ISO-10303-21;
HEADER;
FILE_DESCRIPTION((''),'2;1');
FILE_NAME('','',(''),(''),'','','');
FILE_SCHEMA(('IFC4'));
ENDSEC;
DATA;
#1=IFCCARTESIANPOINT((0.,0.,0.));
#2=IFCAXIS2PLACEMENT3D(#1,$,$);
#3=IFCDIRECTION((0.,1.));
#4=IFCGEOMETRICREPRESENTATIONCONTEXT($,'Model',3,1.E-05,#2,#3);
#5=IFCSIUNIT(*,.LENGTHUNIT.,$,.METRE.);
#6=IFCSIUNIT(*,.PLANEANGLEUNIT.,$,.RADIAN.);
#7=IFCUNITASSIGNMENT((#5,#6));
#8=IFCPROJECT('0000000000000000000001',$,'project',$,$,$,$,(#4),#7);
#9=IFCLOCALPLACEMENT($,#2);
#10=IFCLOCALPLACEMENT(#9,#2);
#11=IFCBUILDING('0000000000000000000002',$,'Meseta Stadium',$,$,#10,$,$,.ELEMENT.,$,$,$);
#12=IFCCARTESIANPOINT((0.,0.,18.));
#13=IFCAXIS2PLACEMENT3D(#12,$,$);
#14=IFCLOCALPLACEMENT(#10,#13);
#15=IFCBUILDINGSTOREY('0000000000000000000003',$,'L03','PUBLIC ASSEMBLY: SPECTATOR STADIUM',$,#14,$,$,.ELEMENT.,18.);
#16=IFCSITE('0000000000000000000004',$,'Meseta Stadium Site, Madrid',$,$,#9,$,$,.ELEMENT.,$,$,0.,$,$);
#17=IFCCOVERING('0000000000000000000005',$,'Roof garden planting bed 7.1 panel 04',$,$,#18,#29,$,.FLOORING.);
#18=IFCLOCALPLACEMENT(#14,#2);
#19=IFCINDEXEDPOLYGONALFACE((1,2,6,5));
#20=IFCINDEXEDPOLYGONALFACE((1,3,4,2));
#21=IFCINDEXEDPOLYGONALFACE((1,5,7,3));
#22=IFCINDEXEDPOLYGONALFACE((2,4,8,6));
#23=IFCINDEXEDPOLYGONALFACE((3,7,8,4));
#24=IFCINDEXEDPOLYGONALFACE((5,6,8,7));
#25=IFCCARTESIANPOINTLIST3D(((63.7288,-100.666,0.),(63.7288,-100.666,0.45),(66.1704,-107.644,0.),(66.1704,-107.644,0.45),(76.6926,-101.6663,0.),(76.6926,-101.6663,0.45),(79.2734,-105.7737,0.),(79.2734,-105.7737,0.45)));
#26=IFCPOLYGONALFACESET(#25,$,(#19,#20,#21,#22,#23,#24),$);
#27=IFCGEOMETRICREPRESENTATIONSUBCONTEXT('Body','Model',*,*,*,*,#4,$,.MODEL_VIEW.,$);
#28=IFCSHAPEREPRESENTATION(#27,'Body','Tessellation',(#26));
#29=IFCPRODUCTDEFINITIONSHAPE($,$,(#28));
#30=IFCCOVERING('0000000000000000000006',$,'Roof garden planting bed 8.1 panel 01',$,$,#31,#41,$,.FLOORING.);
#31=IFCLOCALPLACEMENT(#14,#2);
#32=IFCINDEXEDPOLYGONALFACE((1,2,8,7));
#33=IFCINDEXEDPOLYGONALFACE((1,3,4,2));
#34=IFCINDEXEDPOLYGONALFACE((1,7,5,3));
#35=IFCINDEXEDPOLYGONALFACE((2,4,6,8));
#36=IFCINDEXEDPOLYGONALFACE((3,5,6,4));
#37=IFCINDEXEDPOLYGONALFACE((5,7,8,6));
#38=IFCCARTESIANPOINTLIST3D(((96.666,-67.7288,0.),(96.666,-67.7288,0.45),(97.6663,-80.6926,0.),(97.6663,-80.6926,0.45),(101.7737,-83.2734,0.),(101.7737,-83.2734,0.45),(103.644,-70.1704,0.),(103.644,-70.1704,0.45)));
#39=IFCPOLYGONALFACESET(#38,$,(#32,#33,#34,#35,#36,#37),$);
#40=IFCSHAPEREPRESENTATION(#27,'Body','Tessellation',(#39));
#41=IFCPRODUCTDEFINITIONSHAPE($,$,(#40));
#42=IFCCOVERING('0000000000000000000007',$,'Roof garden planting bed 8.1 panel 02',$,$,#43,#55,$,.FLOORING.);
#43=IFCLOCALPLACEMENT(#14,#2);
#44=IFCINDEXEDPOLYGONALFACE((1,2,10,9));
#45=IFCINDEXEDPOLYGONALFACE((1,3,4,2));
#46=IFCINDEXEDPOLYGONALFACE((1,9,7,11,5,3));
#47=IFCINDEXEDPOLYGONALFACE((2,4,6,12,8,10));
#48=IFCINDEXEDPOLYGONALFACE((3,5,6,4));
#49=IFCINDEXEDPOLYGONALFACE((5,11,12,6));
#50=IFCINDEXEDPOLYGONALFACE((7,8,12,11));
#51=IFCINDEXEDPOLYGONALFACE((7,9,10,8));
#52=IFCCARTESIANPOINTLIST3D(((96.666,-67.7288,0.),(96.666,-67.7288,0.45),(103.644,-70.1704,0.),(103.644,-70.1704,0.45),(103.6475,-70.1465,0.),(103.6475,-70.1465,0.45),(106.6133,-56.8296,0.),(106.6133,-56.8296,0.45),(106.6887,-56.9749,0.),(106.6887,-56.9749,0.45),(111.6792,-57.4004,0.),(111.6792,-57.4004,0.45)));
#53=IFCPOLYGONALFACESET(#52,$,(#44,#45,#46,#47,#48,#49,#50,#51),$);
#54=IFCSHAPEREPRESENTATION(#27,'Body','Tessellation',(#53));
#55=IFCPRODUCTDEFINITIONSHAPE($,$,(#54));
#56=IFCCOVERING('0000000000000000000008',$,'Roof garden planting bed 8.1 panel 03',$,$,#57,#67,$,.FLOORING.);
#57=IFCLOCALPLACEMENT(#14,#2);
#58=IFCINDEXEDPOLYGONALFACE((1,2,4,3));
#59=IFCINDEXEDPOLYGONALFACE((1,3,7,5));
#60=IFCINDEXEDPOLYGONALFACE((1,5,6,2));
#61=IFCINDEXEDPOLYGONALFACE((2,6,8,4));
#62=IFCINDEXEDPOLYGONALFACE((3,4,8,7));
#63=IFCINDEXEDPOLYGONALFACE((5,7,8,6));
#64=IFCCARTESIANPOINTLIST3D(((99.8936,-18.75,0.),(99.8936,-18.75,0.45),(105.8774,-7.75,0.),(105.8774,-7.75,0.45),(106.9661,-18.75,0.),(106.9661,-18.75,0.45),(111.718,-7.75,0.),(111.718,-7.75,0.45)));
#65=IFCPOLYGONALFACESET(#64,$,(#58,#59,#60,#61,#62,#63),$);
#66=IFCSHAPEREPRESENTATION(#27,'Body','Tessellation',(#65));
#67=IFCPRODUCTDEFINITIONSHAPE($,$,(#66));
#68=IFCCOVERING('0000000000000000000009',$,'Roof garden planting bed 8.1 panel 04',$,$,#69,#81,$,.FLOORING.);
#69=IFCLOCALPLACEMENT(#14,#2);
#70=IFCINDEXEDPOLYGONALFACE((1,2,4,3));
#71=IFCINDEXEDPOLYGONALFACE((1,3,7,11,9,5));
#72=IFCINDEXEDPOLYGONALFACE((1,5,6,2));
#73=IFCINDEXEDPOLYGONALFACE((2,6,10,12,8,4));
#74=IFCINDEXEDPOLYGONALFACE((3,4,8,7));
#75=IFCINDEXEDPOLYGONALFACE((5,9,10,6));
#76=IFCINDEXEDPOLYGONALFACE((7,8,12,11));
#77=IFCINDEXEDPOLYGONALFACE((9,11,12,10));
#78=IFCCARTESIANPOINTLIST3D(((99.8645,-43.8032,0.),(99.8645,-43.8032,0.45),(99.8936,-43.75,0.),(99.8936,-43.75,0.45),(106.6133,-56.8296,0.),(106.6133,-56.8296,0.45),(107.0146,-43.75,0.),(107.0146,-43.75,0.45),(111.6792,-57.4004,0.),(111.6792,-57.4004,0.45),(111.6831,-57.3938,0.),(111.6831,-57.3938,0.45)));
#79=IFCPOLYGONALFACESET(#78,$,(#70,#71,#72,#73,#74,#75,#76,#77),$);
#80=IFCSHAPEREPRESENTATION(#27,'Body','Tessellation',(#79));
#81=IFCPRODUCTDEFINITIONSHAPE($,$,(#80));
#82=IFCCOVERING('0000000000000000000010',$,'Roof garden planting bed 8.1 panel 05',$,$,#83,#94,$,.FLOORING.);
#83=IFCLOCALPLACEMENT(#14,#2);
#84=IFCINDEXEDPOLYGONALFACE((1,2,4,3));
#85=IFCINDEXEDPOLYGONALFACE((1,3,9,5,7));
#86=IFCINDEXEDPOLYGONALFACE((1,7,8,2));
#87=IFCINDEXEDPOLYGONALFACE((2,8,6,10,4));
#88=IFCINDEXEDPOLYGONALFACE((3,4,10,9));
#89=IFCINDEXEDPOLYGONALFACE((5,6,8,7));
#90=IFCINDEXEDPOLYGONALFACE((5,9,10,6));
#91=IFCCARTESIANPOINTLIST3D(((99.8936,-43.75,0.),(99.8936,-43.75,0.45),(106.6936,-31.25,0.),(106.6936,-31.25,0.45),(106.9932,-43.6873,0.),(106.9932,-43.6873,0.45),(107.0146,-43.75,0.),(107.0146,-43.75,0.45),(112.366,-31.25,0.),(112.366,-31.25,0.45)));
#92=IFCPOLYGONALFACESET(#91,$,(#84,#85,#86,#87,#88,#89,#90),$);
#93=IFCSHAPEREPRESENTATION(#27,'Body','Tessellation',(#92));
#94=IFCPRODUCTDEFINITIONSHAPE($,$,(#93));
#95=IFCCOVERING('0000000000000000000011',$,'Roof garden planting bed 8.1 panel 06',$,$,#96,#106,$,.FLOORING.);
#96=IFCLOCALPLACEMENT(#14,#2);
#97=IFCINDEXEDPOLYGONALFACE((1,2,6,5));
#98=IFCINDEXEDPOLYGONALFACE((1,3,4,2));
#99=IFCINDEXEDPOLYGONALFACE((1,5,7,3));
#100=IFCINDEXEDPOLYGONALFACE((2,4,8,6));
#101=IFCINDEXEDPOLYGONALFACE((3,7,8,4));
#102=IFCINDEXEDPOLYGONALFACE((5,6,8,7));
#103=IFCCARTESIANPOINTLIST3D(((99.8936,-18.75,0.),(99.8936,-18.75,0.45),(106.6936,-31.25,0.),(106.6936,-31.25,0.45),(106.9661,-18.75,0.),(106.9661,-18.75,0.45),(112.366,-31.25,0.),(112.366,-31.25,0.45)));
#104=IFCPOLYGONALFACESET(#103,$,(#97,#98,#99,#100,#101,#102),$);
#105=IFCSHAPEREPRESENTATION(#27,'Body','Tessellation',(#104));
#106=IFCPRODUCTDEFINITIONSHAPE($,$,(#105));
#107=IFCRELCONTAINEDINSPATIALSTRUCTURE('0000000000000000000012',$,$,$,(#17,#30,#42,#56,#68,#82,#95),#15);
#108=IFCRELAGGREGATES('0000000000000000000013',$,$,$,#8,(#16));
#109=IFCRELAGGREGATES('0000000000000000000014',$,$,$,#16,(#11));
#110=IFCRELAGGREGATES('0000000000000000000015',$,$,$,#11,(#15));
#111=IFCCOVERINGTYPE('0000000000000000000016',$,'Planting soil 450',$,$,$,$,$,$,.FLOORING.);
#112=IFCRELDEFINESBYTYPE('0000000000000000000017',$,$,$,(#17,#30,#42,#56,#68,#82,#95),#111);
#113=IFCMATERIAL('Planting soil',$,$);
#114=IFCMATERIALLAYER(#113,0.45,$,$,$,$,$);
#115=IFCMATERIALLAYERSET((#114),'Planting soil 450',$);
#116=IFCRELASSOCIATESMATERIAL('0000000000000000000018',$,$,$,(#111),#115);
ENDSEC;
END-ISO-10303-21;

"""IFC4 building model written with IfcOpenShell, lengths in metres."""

from ifc_helpers import new_model, si_unit, direction, frame, origin, place, context, subcontext, project, spatial, polyline, outline, extrude, material, layer, layer_set, type_object, element, save


model = new_model("IFC4")

# Units and contexts
model_context = context("Model", 3, precision=1e-05, world=origin(), true_north=direction((0.0, 1.0)))
body_context = subcontext(model_context, "Body", "Model", "MODEL_VIEW")
ifc_project = project(units=[si_unit("LENGTHUNIT", "METRE"), si_unit("PLANEANGLEUNIT", "RADIAN")], contexts=[model_context])

# Site, building, storey
site_placement = place(None, origin())
site = spatial("IfcSite", under=ifc_project, at=site_placement, Name="Meseta Stadium Site, Madrid", CompositionType="ELEMENT", RefElevation=0.0)
building_placement = place(site_placement, origin())
building = spatial("IfcBuilding", under=site, at=building_placement, Name="Meseta Stadium", CompositionType="ELEMENT")
storey_placement = place(building_placement, frame((0.0, 0.0, 18.0)))
storey = spatial("IfcBuildingStorey", under=building, at=storey_placement, Name="L03", Description="PUBLIC ASSEMBLY: SPECTATOR STADIUM", CompositionType="ELEMENT", Elevation=18.0)

# Coverings
ifc_material_1 = material(Name="Planting soil")
ifc_layer_1 = layer(ifc_material_1, 0.45)
ifc_layer_set_1 = layer_set([ifc_layer_1], Name="Planting soil 450")
covering_type = type_object("IfcCoveringType", Name="Planting soil 450", PredefinedType="FLOORING", material=ifc_layer_set_1)
covering_1_placement = place(storey_placement, origin())
element("IfcCovering", 1, at=covering_1_placement, inside=storey, type_object=covering_type, Name="Roof garden planting bed 7.1 panel 04", PredefinedType="FLOORING", context=body_context, shape_type="SweptSolid", body=[
    extrude(outline(polyline([(76.6926, -101.6663), (63.7288, -100.666), (66.1704, -107.644), (79.2734, -105.7737), (76.6926, -101.6663)])), origin(), (0.0, 0.0, 1.0), 0.45),
])
covering_2_placement = place(storey_placement, origin())
element("IfcCovering", 2, at=covering_2_placement, inside=storey, type_object=covering_type, Name="Roof garden planting bed 8.1 panel 01", PredefinedType="FLOORING", context=body_context, shape_type="SweptSolid", body=[
    extrude(outline(polyline([(103.644, -70.1704), (96.666, -67.7288), (97.6663, -80.6926), (101.7737, -83.2734), (103.644, -70.1704)])), origin(), (0.0, 0.0, 1.0), 0.45),
])
covering_3_placement = place(storey_placement, origin())
element("IfcCovering", 3, at=covering_3_placement, inside=storey, type_object=covering_type, Name="Roof garden planting bed 8.1 panel 02", PredefinedType="FLOORING", context=body_context, shape_type="SweptSolid", body=[
    extrude(outline(polyline([(111.6792, -57.4004), (106.6133, -56.8296), (106.6887, -56.9749), (96.666, -67.7288), (103.644, -70.1704), (103.6475, -70.1465), (111.6792, -57.4004)])), origin(), (0.0, 0.0, 1.0), 0.45),
])
covering_4_placement = place(storey_placement, origin())
element("IfcCovering", 4, at=covering_4_placement, inside=storey, type_object=covering_type, Name="Roof garden planting bed 8.1 panel 03", PredefinedType="FLOORING", context=body_context, shape_type="SweptSolid", body=[
    extrude(outline(polyline([(105.8774, -7.75), (99.8936, -18.75), (106.9661, -18.75), (111.718, -7.75), (105.8774, -7.75)])), origin(), (0.0, 0.0, 1.0), 0.45),
])
covering_5_placement = place(storey_placement, origin())
element("IfcCovering", 5, at=covering_5_placement, inside=storey, type_object=covering_type, Name="Roof garden planting bed 8.1 panel 04", PredefinedType="FLOORING", context=body_context, shape_type="SweptSolid", body=[
    extrude(outline(polyline([(107.0146, -43.75), (99.8936, -43.75), (99.8645, -43.8032), (106.6133, -56.8296), (111.6792, -57.4004), (111.6831, -57.3938), (107.0146, -43.75)])), origin(), (0.0, 0.0, 1.0), 0.45),
])
covering_6_placement = place(storey_placement, origin())
element("IfcCovering", 6, at=covering_6_placement, inside=storey, type_object=covering_type, Name="Roof garden planting bed 8.1 panel 05", PredefinedType="FLOORING", context=body_context, shape_type="SweptSolid", body=[
    extrude(outline(polyline([(106.6936, -31.25), (99.8936, -43.75), (107.0146, -43.75), (106.9932, -43.6873), (112.366, -31.25), (106.6936, -31.25)])), origin(), (0.0, 0.0, 1.0), 0.45),
])
covering_7_placement = place(storey_placement, origin())
element("IfcCovering", 7, at=covering_7_placement, inside=storey, type_object=covering_type, Name="Roof garden planting bed 8.1 panel 06", PredefinedType="FLOORING", context=body_context, shape_type="SweptSolid", body=[
    extrude(outline(polyline([(99.8936, -18.75), (106.6936, -31.25), (112.366, -31.25), (106.9661, -18.75), (99.8936, -18.75)])), origin(), (0.0, 0.0, 1.0), 0.45),
])

save(model, "model.ifc")
